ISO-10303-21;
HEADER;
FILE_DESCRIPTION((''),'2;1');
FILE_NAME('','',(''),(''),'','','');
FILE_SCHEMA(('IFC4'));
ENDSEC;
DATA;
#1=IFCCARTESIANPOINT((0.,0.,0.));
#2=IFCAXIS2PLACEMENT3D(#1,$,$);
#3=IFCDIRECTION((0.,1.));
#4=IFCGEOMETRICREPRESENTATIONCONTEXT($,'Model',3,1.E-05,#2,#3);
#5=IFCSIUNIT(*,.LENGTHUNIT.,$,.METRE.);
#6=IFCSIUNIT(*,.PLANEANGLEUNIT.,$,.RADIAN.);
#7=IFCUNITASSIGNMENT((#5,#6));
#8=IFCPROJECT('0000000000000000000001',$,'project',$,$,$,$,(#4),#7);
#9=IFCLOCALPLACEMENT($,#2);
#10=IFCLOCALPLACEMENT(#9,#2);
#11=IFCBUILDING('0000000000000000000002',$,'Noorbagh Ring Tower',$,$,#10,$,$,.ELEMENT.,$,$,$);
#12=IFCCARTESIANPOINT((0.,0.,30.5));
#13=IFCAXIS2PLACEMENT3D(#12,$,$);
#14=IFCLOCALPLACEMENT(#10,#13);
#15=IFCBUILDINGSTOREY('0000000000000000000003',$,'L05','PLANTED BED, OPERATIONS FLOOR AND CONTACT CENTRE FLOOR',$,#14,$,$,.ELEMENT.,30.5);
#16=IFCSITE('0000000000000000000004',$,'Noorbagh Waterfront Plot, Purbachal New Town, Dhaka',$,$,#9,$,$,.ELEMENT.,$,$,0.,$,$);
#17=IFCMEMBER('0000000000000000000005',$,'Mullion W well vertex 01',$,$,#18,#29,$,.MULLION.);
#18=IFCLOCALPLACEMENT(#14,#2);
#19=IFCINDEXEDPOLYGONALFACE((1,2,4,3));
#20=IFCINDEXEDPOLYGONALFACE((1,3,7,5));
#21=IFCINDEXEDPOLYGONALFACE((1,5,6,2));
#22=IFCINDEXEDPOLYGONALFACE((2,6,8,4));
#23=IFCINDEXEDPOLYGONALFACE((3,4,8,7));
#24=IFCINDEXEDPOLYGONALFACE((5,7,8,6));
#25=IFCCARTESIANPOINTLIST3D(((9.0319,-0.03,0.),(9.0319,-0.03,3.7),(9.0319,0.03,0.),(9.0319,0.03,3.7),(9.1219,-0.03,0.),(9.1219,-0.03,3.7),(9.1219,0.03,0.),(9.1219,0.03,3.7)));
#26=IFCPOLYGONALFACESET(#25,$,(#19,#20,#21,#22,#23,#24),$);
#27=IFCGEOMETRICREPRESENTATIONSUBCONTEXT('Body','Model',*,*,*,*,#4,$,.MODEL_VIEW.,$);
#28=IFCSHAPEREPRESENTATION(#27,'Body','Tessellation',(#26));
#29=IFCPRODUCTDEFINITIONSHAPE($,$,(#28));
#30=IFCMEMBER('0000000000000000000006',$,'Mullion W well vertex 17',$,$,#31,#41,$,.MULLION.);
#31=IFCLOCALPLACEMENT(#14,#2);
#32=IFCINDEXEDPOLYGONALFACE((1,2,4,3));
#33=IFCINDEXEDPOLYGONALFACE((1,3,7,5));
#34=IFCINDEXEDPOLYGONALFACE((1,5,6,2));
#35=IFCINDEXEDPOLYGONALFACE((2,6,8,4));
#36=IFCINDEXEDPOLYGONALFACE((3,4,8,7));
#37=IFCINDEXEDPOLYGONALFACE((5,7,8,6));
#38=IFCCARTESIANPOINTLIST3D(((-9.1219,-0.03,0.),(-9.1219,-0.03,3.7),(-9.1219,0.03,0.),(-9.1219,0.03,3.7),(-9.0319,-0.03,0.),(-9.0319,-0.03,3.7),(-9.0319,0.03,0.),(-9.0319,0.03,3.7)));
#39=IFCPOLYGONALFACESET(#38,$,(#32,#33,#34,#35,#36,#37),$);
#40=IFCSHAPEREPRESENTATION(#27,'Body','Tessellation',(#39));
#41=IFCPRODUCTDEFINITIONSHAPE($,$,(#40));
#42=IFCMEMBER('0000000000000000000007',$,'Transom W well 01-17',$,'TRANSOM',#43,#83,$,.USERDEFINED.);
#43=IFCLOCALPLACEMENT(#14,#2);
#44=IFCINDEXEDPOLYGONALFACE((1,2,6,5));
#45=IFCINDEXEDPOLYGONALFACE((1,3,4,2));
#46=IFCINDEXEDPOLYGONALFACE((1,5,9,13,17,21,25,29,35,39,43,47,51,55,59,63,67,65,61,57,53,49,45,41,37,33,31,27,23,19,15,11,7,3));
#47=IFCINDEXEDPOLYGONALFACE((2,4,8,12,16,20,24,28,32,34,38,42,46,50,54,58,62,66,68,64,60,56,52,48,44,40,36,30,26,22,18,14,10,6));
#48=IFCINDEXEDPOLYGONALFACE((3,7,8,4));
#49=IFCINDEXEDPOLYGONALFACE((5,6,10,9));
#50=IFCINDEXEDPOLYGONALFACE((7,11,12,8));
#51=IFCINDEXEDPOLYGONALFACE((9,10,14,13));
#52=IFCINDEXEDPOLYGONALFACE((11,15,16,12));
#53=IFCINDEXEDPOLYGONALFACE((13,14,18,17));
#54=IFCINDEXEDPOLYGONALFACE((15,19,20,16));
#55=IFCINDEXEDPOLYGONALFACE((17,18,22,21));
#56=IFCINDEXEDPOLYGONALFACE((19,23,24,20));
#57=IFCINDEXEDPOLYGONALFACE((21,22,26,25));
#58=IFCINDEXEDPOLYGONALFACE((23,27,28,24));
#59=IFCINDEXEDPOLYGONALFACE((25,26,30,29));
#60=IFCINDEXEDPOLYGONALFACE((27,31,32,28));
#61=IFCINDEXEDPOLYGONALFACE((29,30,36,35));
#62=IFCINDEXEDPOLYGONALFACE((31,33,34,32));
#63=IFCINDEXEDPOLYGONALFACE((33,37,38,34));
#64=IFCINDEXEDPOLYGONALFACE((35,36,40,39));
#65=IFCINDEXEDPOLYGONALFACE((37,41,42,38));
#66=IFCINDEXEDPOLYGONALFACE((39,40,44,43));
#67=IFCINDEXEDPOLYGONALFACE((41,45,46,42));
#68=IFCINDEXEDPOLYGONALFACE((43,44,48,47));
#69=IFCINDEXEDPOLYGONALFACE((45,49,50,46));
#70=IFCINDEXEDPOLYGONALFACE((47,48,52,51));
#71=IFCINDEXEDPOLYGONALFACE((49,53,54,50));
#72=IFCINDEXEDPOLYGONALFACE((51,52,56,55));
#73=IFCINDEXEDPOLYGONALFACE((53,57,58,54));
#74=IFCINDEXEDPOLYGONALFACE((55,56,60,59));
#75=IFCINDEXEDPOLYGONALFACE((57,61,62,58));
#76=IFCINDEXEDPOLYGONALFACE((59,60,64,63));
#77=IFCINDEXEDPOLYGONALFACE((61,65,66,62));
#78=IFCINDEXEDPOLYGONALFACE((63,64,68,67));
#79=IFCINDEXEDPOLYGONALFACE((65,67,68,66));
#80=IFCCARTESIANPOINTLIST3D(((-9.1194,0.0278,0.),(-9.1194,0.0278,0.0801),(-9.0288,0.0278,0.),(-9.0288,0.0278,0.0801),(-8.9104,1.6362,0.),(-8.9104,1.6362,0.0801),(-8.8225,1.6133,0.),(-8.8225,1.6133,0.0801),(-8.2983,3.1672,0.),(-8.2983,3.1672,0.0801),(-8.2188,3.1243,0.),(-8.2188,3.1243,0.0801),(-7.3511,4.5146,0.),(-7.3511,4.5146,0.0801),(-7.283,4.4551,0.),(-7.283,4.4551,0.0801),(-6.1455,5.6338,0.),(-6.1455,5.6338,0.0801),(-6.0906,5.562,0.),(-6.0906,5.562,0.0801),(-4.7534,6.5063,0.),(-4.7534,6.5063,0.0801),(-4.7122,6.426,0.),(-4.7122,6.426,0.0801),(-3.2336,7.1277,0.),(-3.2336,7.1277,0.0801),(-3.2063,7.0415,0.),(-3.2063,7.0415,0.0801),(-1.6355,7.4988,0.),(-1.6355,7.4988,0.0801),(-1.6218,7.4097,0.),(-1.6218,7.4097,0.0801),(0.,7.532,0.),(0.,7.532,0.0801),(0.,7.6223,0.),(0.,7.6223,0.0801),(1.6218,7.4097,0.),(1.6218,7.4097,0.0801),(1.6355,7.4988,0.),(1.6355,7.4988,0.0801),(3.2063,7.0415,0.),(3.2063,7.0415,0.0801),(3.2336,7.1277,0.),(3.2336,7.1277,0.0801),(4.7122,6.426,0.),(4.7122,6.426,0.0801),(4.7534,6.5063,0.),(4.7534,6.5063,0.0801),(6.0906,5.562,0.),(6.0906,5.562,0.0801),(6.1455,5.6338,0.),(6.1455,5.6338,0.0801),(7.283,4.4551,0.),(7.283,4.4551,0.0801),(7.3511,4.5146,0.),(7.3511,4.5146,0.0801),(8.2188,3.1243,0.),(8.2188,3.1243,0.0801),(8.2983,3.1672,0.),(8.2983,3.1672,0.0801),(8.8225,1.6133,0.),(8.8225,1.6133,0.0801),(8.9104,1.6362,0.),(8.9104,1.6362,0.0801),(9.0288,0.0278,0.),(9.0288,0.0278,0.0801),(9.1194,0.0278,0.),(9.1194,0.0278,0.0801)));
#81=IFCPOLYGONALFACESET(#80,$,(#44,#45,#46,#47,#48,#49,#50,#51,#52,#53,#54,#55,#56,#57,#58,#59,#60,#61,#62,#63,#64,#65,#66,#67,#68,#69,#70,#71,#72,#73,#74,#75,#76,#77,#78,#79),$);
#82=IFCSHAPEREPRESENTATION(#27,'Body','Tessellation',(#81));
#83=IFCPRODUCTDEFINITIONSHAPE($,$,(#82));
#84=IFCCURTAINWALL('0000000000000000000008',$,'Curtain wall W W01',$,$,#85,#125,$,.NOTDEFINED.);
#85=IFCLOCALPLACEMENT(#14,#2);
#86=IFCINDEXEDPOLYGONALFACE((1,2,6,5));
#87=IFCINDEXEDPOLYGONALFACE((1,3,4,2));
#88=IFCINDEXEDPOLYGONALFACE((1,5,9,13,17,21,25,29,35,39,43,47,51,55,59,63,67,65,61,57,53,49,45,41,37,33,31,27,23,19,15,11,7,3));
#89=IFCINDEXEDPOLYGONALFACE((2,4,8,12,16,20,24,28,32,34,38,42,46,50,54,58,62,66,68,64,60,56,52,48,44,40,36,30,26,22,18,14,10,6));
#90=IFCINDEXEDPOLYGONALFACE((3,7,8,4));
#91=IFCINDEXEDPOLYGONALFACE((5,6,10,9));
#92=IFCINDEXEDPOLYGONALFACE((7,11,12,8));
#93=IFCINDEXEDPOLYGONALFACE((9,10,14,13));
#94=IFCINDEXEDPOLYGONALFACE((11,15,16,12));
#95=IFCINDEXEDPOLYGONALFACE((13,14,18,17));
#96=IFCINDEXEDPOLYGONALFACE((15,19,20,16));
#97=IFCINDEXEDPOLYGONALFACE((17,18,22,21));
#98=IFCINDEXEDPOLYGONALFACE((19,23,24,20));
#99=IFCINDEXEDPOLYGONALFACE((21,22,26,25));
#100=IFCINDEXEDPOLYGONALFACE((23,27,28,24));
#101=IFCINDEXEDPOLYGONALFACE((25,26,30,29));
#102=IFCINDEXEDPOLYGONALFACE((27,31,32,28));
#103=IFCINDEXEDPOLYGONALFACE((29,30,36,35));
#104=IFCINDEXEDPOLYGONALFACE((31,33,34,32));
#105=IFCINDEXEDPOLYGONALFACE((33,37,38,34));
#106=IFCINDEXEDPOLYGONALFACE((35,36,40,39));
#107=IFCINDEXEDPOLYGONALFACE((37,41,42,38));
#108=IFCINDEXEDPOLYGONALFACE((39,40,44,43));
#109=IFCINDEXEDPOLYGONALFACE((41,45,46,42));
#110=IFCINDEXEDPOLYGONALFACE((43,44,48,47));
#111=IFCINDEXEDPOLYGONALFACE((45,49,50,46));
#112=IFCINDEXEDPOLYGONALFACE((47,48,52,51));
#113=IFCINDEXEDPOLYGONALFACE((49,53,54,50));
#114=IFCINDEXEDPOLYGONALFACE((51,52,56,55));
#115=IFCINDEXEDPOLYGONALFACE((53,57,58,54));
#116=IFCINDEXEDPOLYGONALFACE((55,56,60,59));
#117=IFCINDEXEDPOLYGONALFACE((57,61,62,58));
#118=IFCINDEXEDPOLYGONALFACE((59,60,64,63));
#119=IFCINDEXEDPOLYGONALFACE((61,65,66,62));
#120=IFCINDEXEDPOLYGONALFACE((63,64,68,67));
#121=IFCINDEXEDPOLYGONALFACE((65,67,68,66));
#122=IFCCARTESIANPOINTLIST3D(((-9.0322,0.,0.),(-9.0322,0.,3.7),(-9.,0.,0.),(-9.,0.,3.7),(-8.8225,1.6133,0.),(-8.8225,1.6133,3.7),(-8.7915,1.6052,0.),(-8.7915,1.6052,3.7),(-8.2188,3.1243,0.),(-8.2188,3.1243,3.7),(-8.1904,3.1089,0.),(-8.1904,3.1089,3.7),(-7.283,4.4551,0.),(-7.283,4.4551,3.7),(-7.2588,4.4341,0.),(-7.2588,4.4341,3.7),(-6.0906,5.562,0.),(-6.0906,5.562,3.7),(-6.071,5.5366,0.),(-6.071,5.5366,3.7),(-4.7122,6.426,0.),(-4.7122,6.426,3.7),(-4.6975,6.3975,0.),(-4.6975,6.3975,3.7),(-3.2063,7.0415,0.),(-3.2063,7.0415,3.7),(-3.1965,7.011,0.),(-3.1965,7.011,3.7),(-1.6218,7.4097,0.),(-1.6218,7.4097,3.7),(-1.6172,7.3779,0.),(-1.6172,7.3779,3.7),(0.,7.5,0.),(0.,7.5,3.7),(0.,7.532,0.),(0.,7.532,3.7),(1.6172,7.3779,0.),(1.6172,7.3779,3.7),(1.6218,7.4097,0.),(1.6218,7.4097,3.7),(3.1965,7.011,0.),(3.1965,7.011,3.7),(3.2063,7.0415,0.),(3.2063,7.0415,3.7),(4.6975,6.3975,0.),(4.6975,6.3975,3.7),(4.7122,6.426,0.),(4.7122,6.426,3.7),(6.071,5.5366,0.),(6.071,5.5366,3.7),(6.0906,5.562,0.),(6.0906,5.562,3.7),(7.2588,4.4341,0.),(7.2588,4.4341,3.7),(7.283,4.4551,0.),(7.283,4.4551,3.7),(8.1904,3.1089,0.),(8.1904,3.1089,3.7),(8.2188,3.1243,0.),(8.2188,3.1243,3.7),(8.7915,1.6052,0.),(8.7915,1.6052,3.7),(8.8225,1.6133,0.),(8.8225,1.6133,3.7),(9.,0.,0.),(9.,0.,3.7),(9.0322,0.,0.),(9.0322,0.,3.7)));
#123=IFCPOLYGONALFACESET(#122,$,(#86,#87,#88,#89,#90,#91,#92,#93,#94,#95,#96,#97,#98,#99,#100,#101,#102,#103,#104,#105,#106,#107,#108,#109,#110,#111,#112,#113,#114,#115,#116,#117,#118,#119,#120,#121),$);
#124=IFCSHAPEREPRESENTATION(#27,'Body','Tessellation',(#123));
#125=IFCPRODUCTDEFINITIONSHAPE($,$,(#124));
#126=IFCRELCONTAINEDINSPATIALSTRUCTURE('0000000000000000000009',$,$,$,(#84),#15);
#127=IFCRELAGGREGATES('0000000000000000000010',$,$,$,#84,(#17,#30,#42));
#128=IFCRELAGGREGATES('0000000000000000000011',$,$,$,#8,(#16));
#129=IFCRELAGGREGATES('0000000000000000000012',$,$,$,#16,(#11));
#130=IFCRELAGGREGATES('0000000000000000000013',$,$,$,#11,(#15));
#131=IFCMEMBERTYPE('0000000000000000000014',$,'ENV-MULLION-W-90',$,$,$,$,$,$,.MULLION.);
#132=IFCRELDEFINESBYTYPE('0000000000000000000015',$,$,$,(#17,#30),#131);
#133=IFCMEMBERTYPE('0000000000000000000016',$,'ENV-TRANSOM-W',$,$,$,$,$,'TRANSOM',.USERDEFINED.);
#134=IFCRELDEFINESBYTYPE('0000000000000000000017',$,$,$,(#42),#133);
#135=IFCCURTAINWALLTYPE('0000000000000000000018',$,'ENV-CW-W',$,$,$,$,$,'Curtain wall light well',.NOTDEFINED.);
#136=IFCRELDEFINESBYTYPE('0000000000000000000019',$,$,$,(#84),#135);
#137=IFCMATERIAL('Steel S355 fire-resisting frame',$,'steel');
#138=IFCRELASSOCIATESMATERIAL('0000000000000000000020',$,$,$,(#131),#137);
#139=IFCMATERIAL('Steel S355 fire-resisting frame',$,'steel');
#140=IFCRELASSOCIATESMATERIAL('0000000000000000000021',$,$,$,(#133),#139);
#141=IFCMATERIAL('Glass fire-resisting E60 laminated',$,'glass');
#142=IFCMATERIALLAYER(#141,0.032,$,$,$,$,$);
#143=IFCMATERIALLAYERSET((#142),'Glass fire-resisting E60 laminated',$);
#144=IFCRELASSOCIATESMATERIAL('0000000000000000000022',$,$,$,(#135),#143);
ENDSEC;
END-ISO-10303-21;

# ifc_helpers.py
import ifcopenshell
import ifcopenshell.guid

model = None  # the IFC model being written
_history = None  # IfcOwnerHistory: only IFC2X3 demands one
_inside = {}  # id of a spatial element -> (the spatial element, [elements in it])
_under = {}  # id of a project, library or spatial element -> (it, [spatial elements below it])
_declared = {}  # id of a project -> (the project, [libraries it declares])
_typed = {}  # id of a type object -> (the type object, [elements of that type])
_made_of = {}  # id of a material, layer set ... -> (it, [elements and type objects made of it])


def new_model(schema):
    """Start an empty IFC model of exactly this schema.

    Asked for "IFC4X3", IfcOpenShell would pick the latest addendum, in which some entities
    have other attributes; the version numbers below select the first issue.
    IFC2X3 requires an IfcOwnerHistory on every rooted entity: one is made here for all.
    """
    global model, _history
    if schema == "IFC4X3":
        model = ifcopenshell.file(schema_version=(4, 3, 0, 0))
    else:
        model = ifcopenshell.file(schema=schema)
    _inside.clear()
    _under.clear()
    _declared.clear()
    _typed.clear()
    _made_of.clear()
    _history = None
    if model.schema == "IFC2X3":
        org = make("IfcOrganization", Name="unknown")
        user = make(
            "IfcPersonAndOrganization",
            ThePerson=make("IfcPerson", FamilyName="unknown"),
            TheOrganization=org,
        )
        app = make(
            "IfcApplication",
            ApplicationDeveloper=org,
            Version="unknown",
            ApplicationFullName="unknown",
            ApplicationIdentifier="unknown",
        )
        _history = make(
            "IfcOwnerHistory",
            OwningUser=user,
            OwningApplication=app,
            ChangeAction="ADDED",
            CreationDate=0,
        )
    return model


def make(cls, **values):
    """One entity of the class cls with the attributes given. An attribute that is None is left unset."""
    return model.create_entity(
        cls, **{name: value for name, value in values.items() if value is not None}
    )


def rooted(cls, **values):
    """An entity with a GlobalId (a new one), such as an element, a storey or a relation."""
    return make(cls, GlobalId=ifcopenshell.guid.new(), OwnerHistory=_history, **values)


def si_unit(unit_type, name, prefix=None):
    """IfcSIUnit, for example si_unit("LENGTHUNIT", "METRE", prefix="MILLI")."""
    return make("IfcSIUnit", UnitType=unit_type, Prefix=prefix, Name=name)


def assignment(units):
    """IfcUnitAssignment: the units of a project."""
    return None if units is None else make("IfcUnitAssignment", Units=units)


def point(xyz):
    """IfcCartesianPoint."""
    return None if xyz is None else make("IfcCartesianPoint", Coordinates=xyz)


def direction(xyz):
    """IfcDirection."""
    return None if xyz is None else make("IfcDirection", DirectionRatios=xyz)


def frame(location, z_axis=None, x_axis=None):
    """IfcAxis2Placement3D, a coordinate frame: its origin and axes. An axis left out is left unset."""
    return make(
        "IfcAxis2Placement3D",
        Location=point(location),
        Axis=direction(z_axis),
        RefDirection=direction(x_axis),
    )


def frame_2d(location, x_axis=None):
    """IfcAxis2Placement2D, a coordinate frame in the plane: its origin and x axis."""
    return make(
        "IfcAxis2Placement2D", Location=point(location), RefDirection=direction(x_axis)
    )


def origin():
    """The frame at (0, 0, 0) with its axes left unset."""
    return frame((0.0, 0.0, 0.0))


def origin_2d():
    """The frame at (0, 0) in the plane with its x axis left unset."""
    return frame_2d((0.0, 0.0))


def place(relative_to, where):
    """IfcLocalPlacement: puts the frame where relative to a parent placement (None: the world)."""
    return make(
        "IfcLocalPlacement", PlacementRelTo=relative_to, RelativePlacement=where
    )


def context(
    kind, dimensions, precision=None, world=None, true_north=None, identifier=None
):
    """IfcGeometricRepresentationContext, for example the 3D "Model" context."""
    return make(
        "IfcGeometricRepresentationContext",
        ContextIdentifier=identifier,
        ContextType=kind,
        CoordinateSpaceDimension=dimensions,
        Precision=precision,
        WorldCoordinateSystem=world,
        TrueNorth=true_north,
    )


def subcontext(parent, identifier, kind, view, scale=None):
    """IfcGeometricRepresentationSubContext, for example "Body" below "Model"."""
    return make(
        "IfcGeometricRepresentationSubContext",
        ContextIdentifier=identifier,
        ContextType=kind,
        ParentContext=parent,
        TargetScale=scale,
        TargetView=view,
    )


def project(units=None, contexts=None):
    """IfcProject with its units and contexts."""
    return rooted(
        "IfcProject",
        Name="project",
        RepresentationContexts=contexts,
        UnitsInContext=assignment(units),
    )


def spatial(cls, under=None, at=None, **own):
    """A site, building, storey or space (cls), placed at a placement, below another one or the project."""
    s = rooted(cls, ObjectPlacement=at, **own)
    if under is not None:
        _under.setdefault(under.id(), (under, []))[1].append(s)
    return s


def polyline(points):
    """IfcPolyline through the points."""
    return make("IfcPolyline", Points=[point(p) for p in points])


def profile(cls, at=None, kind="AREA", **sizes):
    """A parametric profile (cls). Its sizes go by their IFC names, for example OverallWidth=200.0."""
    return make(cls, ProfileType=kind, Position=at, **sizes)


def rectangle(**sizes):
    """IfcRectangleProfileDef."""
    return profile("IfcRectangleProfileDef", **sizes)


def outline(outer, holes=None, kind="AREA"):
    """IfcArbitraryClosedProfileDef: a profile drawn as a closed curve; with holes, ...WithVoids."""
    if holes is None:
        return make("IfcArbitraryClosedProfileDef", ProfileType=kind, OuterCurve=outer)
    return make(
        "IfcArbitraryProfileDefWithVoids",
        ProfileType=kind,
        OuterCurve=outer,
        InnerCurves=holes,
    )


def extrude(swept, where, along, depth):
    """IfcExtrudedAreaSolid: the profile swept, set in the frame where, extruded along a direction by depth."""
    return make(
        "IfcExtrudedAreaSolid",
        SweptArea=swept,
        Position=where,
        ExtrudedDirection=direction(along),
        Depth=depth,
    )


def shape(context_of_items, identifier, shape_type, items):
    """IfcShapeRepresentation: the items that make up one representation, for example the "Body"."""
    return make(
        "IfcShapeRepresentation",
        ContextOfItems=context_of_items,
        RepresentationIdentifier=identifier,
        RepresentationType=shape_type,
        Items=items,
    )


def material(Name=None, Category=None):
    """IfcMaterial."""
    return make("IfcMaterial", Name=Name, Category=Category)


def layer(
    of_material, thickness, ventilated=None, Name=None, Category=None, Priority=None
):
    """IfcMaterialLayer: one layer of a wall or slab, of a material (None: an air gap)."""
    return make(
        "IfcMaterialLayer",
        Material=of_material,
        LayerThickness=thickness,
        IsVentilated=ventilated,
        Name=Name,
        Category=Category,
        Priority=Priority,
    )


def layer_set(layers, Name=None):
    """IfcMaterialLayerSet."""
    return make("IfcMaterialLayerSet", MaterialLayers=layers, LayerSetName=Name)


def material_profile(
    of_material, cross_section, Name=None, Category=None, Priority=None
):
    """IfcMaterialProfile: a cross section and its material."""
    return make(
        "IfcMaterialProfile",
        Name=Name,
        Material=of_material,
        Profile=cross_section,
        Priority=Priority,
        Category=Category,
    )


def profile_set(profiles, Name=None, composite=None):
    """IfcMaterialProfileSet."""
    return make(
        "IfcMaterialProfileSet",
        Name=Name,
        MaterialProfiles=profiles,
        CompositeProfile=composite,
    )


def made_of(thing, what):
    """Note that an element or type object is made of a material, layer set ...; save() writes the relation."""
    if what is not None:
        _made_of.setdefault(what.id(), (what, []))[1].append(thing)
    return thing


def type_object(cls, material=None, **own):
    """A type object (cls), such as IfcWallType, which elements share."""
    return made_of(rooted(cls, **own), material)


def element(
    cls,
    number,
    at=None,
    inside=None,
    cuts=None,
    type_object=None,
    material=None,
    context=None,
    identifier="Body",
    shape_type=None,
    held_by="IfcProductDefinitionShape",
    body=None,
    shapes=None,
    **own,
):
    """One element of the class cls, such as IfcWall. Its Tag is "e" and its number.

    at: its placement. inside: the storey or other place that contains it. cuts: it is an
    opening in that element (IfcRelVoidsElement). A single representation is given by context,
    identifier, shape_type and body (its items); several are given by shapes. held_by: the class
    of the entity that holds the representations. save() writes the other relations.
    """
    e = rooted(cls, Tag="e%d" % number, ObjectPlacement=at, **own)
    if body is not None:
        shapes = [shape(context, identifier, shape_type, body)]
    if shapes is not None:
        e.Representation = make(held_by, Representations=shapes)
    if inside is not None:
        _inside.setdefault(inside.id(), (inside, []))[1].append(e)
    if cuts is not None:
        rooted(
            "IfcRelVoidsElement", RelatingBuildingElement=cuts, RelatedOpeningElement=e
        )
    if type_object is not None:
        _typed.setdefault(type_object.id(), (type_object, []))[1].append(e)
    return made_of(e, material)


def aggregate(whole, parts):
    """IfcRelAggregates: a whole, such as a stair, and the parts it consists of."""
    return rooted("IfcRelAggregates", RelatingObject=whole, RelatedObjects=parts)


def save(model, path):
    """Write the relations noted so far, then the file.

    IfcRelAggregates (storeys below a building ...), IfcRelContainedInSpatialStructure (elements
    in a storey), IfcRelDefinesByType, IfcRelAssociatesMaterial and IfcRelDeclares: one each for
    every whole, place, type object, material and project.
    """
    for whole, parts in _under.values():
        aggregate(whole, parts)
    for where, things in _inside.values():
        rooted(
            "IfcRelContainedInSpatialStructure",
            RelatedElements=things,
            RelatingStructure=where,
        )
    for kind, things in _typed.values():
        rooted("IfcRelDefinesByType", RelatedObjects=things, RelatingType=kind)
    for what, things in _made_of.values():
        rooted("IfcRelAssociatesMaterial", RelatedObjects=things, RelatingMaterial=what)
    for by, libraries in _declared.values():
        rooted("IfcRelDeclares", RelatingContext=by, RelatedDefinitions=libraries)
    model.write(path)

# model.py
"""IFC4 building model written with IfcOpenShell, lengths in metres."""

from ifc_helpers import new_model, si_unit, direction, frame, origin, origin_2d, place, context, subcontext, project, spatial, polyline, rectangle, outline, extrude, material, layer, layer_set, material_profile, profile_set, type_object, element, aggregate, save


model = new_model("IFC4")

# Units and contexts
model_context = context("Model", 3, precision=1e-05, world=origin(), true_north=direction((0.0, 1.0)))
body_context = subcontext(model_context, "Body", "Model", "MODEL_VIEW")
ifc_project = project(units=[si_unit("LENGTHUNIT", "METRE"), si_unit("PLANEANGLEUNIT", "RADIAN")], contexts=[model_context])

# Members
ifc_material_1 = material(Name="Steel S355 fire-resisting frame", Category="steel")
ifc_material_profile = material_profile(ifc_material_1, rectangle(XDim=0.0901, YDim=0.0601, at=origin_2d()), Name="90x60")
ifc_profile_set = profile_set([ifc_material_profile], Name="Steel S355 fire-resisting frame")
member_type_1 = type_object("IfcMemberType", Name="ENV-MULLION-W-90", PredefinedType="MULLION", material=ifc_profile_set)
site_placement = place(None, origin())
building_placement = place(site_placement, origin())
storey_placement = place(building_placement, frame((0.0, 0.0, 30.5)))
member_1_placement = place(storey_placement, frame((9.0769, 0.0, 0.0), z_axis=(0.0, 0.0, 1.0), x_axis=(1.0, 0.0, 0.0)))
member_1 = element("IfcMember", 1, at=member_1_placement, type_object=member_type_1, Name="Mullion W well vertex 01", PredefinedType="MULLION", context=body_context, shape_type="SweptSolid", body=[
    extrude(rectangle(XDim=0.0901, YDim=0.0601, at=origin_2d()), origin(), (0.0, 0.0, 1.0), 3.7),
])
member_2_placement = place(storey_placement, frame((-9.0769, 0.0, 0.0), z_axis=(0.0, 0.0, 1.0), x_axis=(-1.0, 0.0, 0.0)))
member_2 = element("IfcMember", 2, at=member_2_placement, type_object=member_type_1, Name="Mullion W well vertex 17", PredefinedType="MULLION", context=body_context, shape_type="SweptSolid", body=[
    extrude(rectangle(XDim=0.0901, YDim=0.0601, at=origin_2d()), origin(), (0.0, 0.0, 1.0), 3.7),
])
ifc_material_2 = material(Name="Steel S355 fire-resisting frame", Category="steel")
member_type_2 = type_object("IfcMemberType", Name="ENV-TRANSOM-W", ElementType="TRANSOM", PredefinedType="USERDEFINED", material=ifc_material_2)
member_3_placement = place(storey_placement, origin())
member_3 = element("IfcMember", 3, at=member_3_placement, type_object=member_type_2, Name="Transom W well 01-17", ObjectType="TRANSOM", PredefinedType="USERDEFINED", context=body_context, shape_type="SweptSolid", body=[
    extrude(outline(polyline([(9.1194, 0.0278), (8.9104, 1.6362), (8.2983, 3.1672), (7.3511, 4.5146), (6.1455, 5.6338), (4.7534, 6.5063), (3.2336, 7.1277), (1.6355, 7.4988), (0.0, 7.6223), (-1.6355, 7.4988), (-3.2336, 7.1277), (-4.7534, 6.5063), (-6.1455, 5.6338), (-7.3511, 4.5146), (-8.2983, 3.1672), (-8.9104, 1.6362), (-9.1194, 0.0278), (-9.0288, 0.0278), (-8.8225, 1.6133), (-8.2188, 3.1243), (-7.283, 4.4551), (-6.0906, 5.562), (-4.7122, 6.426), (-3.2063, 7.0415), (-1.6218, 7.4097), (0.0, 7.532), (1.6218, 7.4097), (3.2063, 7.0415), (4.7122, 6.426), (6.0906, 5.562), (7.283, 4.4551), (8.2188, 3.1243), (8.8225, 1.6133), (9.0288, 0.0278), (9.1194, 0.0278)])), origin(), (0.0, 0.0, 1.0), 0.0801),
])

# Site, building, storey
site = spatial("IfcSite", under=ifc_project, at=site_placement, Name="Noorbagh Waterfront Plot, Purbachal New Town, Dhaka", CompositionType="ELEMENT", RefElevation=0.0)
building = spatial("IfcBuilding", under=site, at=building_placement, Name="Noorbagh Ring Tower", CompositionType="ELEMENT")
storey = spatial("IfcBuildingStorey", under=building, at=storey_placement, Name="L05", Description="PLANTED BED, OPERATIONS FLOOR AND CONTACT CENTRE FLOOR", CompositionType="ELEMENT", Elevation=30.5)

# Curtain wall
ifc_material_3 = material(Name="Glass fire-resisting E60 laminated", Category="glass")
ifc_layer_1 = layer(ifc_material_3, 0.032)
ifc_layer_set_1 = layer_set([ifc_layer_1], Name="Glass fire-resisting E60 laminated")
curtain_wall_type = type_object("IfcCurtainWallType", Name="ENV-CW-W", ElementType="Curtain wall light well", PredefinedType="NOTDEFINED", material=ifc_layer_set_1)
curtain_wall_1_placement = place(storey_placement, origin())
curtain_wall_1 = element("IfcCurtainWall", 4, at=curtain_wall_1_placement, inside=storey, type_object=curtain_wall_type, Name="Curtain wall W W01", PredefinedType="NOTDEFINED", context=body_context, shape_type="SweptSolid", body=[
    extrude(outline(polyline([(9.0322, 0.0), (8.8225, 1.6133), (8.2188, 3.1243), (7.283, 4.4551), (6.0906, 5.562), (4.7122, 6.426), (3.2063, 7.0415), (1.6218, 7.4097), (0.0, 7.532), (-1.6218, 7.4097), (-3.2063, 7.0415), (-4.7122, 6.426), (-6.0906, 5.562), (-7.283, 4.4551), (-8.2188, 3.1243), (-8.8225, 1.6133), (-9.0322, 0.0), (-9.0, 0.0), (-8.7915, 1.6052), (-8.1904, 3.1089), (-7.2588, 4.4341), (-6.071, 5.5366), (-4.6975, 6.3975), (-3.1965, 7.011), (-1.6172, 7.3779), (0.0, 7.5), (1.6172, 7.3779), (3.1965, 7.011), (4.6975, 6.3975), (6.071, 5.5366), (7.2588, 4.4341), (8.1904, 3.1089), (8.7915, 1.6052), (9.0, 0.0), (9.0322, 0.0)])), origin(), (0.0, 0.0, 1.0), 3.7),
])
aggregate(curtain_wall_1, [member_1, member_2, member_3])

save(model, "model.ifc")
